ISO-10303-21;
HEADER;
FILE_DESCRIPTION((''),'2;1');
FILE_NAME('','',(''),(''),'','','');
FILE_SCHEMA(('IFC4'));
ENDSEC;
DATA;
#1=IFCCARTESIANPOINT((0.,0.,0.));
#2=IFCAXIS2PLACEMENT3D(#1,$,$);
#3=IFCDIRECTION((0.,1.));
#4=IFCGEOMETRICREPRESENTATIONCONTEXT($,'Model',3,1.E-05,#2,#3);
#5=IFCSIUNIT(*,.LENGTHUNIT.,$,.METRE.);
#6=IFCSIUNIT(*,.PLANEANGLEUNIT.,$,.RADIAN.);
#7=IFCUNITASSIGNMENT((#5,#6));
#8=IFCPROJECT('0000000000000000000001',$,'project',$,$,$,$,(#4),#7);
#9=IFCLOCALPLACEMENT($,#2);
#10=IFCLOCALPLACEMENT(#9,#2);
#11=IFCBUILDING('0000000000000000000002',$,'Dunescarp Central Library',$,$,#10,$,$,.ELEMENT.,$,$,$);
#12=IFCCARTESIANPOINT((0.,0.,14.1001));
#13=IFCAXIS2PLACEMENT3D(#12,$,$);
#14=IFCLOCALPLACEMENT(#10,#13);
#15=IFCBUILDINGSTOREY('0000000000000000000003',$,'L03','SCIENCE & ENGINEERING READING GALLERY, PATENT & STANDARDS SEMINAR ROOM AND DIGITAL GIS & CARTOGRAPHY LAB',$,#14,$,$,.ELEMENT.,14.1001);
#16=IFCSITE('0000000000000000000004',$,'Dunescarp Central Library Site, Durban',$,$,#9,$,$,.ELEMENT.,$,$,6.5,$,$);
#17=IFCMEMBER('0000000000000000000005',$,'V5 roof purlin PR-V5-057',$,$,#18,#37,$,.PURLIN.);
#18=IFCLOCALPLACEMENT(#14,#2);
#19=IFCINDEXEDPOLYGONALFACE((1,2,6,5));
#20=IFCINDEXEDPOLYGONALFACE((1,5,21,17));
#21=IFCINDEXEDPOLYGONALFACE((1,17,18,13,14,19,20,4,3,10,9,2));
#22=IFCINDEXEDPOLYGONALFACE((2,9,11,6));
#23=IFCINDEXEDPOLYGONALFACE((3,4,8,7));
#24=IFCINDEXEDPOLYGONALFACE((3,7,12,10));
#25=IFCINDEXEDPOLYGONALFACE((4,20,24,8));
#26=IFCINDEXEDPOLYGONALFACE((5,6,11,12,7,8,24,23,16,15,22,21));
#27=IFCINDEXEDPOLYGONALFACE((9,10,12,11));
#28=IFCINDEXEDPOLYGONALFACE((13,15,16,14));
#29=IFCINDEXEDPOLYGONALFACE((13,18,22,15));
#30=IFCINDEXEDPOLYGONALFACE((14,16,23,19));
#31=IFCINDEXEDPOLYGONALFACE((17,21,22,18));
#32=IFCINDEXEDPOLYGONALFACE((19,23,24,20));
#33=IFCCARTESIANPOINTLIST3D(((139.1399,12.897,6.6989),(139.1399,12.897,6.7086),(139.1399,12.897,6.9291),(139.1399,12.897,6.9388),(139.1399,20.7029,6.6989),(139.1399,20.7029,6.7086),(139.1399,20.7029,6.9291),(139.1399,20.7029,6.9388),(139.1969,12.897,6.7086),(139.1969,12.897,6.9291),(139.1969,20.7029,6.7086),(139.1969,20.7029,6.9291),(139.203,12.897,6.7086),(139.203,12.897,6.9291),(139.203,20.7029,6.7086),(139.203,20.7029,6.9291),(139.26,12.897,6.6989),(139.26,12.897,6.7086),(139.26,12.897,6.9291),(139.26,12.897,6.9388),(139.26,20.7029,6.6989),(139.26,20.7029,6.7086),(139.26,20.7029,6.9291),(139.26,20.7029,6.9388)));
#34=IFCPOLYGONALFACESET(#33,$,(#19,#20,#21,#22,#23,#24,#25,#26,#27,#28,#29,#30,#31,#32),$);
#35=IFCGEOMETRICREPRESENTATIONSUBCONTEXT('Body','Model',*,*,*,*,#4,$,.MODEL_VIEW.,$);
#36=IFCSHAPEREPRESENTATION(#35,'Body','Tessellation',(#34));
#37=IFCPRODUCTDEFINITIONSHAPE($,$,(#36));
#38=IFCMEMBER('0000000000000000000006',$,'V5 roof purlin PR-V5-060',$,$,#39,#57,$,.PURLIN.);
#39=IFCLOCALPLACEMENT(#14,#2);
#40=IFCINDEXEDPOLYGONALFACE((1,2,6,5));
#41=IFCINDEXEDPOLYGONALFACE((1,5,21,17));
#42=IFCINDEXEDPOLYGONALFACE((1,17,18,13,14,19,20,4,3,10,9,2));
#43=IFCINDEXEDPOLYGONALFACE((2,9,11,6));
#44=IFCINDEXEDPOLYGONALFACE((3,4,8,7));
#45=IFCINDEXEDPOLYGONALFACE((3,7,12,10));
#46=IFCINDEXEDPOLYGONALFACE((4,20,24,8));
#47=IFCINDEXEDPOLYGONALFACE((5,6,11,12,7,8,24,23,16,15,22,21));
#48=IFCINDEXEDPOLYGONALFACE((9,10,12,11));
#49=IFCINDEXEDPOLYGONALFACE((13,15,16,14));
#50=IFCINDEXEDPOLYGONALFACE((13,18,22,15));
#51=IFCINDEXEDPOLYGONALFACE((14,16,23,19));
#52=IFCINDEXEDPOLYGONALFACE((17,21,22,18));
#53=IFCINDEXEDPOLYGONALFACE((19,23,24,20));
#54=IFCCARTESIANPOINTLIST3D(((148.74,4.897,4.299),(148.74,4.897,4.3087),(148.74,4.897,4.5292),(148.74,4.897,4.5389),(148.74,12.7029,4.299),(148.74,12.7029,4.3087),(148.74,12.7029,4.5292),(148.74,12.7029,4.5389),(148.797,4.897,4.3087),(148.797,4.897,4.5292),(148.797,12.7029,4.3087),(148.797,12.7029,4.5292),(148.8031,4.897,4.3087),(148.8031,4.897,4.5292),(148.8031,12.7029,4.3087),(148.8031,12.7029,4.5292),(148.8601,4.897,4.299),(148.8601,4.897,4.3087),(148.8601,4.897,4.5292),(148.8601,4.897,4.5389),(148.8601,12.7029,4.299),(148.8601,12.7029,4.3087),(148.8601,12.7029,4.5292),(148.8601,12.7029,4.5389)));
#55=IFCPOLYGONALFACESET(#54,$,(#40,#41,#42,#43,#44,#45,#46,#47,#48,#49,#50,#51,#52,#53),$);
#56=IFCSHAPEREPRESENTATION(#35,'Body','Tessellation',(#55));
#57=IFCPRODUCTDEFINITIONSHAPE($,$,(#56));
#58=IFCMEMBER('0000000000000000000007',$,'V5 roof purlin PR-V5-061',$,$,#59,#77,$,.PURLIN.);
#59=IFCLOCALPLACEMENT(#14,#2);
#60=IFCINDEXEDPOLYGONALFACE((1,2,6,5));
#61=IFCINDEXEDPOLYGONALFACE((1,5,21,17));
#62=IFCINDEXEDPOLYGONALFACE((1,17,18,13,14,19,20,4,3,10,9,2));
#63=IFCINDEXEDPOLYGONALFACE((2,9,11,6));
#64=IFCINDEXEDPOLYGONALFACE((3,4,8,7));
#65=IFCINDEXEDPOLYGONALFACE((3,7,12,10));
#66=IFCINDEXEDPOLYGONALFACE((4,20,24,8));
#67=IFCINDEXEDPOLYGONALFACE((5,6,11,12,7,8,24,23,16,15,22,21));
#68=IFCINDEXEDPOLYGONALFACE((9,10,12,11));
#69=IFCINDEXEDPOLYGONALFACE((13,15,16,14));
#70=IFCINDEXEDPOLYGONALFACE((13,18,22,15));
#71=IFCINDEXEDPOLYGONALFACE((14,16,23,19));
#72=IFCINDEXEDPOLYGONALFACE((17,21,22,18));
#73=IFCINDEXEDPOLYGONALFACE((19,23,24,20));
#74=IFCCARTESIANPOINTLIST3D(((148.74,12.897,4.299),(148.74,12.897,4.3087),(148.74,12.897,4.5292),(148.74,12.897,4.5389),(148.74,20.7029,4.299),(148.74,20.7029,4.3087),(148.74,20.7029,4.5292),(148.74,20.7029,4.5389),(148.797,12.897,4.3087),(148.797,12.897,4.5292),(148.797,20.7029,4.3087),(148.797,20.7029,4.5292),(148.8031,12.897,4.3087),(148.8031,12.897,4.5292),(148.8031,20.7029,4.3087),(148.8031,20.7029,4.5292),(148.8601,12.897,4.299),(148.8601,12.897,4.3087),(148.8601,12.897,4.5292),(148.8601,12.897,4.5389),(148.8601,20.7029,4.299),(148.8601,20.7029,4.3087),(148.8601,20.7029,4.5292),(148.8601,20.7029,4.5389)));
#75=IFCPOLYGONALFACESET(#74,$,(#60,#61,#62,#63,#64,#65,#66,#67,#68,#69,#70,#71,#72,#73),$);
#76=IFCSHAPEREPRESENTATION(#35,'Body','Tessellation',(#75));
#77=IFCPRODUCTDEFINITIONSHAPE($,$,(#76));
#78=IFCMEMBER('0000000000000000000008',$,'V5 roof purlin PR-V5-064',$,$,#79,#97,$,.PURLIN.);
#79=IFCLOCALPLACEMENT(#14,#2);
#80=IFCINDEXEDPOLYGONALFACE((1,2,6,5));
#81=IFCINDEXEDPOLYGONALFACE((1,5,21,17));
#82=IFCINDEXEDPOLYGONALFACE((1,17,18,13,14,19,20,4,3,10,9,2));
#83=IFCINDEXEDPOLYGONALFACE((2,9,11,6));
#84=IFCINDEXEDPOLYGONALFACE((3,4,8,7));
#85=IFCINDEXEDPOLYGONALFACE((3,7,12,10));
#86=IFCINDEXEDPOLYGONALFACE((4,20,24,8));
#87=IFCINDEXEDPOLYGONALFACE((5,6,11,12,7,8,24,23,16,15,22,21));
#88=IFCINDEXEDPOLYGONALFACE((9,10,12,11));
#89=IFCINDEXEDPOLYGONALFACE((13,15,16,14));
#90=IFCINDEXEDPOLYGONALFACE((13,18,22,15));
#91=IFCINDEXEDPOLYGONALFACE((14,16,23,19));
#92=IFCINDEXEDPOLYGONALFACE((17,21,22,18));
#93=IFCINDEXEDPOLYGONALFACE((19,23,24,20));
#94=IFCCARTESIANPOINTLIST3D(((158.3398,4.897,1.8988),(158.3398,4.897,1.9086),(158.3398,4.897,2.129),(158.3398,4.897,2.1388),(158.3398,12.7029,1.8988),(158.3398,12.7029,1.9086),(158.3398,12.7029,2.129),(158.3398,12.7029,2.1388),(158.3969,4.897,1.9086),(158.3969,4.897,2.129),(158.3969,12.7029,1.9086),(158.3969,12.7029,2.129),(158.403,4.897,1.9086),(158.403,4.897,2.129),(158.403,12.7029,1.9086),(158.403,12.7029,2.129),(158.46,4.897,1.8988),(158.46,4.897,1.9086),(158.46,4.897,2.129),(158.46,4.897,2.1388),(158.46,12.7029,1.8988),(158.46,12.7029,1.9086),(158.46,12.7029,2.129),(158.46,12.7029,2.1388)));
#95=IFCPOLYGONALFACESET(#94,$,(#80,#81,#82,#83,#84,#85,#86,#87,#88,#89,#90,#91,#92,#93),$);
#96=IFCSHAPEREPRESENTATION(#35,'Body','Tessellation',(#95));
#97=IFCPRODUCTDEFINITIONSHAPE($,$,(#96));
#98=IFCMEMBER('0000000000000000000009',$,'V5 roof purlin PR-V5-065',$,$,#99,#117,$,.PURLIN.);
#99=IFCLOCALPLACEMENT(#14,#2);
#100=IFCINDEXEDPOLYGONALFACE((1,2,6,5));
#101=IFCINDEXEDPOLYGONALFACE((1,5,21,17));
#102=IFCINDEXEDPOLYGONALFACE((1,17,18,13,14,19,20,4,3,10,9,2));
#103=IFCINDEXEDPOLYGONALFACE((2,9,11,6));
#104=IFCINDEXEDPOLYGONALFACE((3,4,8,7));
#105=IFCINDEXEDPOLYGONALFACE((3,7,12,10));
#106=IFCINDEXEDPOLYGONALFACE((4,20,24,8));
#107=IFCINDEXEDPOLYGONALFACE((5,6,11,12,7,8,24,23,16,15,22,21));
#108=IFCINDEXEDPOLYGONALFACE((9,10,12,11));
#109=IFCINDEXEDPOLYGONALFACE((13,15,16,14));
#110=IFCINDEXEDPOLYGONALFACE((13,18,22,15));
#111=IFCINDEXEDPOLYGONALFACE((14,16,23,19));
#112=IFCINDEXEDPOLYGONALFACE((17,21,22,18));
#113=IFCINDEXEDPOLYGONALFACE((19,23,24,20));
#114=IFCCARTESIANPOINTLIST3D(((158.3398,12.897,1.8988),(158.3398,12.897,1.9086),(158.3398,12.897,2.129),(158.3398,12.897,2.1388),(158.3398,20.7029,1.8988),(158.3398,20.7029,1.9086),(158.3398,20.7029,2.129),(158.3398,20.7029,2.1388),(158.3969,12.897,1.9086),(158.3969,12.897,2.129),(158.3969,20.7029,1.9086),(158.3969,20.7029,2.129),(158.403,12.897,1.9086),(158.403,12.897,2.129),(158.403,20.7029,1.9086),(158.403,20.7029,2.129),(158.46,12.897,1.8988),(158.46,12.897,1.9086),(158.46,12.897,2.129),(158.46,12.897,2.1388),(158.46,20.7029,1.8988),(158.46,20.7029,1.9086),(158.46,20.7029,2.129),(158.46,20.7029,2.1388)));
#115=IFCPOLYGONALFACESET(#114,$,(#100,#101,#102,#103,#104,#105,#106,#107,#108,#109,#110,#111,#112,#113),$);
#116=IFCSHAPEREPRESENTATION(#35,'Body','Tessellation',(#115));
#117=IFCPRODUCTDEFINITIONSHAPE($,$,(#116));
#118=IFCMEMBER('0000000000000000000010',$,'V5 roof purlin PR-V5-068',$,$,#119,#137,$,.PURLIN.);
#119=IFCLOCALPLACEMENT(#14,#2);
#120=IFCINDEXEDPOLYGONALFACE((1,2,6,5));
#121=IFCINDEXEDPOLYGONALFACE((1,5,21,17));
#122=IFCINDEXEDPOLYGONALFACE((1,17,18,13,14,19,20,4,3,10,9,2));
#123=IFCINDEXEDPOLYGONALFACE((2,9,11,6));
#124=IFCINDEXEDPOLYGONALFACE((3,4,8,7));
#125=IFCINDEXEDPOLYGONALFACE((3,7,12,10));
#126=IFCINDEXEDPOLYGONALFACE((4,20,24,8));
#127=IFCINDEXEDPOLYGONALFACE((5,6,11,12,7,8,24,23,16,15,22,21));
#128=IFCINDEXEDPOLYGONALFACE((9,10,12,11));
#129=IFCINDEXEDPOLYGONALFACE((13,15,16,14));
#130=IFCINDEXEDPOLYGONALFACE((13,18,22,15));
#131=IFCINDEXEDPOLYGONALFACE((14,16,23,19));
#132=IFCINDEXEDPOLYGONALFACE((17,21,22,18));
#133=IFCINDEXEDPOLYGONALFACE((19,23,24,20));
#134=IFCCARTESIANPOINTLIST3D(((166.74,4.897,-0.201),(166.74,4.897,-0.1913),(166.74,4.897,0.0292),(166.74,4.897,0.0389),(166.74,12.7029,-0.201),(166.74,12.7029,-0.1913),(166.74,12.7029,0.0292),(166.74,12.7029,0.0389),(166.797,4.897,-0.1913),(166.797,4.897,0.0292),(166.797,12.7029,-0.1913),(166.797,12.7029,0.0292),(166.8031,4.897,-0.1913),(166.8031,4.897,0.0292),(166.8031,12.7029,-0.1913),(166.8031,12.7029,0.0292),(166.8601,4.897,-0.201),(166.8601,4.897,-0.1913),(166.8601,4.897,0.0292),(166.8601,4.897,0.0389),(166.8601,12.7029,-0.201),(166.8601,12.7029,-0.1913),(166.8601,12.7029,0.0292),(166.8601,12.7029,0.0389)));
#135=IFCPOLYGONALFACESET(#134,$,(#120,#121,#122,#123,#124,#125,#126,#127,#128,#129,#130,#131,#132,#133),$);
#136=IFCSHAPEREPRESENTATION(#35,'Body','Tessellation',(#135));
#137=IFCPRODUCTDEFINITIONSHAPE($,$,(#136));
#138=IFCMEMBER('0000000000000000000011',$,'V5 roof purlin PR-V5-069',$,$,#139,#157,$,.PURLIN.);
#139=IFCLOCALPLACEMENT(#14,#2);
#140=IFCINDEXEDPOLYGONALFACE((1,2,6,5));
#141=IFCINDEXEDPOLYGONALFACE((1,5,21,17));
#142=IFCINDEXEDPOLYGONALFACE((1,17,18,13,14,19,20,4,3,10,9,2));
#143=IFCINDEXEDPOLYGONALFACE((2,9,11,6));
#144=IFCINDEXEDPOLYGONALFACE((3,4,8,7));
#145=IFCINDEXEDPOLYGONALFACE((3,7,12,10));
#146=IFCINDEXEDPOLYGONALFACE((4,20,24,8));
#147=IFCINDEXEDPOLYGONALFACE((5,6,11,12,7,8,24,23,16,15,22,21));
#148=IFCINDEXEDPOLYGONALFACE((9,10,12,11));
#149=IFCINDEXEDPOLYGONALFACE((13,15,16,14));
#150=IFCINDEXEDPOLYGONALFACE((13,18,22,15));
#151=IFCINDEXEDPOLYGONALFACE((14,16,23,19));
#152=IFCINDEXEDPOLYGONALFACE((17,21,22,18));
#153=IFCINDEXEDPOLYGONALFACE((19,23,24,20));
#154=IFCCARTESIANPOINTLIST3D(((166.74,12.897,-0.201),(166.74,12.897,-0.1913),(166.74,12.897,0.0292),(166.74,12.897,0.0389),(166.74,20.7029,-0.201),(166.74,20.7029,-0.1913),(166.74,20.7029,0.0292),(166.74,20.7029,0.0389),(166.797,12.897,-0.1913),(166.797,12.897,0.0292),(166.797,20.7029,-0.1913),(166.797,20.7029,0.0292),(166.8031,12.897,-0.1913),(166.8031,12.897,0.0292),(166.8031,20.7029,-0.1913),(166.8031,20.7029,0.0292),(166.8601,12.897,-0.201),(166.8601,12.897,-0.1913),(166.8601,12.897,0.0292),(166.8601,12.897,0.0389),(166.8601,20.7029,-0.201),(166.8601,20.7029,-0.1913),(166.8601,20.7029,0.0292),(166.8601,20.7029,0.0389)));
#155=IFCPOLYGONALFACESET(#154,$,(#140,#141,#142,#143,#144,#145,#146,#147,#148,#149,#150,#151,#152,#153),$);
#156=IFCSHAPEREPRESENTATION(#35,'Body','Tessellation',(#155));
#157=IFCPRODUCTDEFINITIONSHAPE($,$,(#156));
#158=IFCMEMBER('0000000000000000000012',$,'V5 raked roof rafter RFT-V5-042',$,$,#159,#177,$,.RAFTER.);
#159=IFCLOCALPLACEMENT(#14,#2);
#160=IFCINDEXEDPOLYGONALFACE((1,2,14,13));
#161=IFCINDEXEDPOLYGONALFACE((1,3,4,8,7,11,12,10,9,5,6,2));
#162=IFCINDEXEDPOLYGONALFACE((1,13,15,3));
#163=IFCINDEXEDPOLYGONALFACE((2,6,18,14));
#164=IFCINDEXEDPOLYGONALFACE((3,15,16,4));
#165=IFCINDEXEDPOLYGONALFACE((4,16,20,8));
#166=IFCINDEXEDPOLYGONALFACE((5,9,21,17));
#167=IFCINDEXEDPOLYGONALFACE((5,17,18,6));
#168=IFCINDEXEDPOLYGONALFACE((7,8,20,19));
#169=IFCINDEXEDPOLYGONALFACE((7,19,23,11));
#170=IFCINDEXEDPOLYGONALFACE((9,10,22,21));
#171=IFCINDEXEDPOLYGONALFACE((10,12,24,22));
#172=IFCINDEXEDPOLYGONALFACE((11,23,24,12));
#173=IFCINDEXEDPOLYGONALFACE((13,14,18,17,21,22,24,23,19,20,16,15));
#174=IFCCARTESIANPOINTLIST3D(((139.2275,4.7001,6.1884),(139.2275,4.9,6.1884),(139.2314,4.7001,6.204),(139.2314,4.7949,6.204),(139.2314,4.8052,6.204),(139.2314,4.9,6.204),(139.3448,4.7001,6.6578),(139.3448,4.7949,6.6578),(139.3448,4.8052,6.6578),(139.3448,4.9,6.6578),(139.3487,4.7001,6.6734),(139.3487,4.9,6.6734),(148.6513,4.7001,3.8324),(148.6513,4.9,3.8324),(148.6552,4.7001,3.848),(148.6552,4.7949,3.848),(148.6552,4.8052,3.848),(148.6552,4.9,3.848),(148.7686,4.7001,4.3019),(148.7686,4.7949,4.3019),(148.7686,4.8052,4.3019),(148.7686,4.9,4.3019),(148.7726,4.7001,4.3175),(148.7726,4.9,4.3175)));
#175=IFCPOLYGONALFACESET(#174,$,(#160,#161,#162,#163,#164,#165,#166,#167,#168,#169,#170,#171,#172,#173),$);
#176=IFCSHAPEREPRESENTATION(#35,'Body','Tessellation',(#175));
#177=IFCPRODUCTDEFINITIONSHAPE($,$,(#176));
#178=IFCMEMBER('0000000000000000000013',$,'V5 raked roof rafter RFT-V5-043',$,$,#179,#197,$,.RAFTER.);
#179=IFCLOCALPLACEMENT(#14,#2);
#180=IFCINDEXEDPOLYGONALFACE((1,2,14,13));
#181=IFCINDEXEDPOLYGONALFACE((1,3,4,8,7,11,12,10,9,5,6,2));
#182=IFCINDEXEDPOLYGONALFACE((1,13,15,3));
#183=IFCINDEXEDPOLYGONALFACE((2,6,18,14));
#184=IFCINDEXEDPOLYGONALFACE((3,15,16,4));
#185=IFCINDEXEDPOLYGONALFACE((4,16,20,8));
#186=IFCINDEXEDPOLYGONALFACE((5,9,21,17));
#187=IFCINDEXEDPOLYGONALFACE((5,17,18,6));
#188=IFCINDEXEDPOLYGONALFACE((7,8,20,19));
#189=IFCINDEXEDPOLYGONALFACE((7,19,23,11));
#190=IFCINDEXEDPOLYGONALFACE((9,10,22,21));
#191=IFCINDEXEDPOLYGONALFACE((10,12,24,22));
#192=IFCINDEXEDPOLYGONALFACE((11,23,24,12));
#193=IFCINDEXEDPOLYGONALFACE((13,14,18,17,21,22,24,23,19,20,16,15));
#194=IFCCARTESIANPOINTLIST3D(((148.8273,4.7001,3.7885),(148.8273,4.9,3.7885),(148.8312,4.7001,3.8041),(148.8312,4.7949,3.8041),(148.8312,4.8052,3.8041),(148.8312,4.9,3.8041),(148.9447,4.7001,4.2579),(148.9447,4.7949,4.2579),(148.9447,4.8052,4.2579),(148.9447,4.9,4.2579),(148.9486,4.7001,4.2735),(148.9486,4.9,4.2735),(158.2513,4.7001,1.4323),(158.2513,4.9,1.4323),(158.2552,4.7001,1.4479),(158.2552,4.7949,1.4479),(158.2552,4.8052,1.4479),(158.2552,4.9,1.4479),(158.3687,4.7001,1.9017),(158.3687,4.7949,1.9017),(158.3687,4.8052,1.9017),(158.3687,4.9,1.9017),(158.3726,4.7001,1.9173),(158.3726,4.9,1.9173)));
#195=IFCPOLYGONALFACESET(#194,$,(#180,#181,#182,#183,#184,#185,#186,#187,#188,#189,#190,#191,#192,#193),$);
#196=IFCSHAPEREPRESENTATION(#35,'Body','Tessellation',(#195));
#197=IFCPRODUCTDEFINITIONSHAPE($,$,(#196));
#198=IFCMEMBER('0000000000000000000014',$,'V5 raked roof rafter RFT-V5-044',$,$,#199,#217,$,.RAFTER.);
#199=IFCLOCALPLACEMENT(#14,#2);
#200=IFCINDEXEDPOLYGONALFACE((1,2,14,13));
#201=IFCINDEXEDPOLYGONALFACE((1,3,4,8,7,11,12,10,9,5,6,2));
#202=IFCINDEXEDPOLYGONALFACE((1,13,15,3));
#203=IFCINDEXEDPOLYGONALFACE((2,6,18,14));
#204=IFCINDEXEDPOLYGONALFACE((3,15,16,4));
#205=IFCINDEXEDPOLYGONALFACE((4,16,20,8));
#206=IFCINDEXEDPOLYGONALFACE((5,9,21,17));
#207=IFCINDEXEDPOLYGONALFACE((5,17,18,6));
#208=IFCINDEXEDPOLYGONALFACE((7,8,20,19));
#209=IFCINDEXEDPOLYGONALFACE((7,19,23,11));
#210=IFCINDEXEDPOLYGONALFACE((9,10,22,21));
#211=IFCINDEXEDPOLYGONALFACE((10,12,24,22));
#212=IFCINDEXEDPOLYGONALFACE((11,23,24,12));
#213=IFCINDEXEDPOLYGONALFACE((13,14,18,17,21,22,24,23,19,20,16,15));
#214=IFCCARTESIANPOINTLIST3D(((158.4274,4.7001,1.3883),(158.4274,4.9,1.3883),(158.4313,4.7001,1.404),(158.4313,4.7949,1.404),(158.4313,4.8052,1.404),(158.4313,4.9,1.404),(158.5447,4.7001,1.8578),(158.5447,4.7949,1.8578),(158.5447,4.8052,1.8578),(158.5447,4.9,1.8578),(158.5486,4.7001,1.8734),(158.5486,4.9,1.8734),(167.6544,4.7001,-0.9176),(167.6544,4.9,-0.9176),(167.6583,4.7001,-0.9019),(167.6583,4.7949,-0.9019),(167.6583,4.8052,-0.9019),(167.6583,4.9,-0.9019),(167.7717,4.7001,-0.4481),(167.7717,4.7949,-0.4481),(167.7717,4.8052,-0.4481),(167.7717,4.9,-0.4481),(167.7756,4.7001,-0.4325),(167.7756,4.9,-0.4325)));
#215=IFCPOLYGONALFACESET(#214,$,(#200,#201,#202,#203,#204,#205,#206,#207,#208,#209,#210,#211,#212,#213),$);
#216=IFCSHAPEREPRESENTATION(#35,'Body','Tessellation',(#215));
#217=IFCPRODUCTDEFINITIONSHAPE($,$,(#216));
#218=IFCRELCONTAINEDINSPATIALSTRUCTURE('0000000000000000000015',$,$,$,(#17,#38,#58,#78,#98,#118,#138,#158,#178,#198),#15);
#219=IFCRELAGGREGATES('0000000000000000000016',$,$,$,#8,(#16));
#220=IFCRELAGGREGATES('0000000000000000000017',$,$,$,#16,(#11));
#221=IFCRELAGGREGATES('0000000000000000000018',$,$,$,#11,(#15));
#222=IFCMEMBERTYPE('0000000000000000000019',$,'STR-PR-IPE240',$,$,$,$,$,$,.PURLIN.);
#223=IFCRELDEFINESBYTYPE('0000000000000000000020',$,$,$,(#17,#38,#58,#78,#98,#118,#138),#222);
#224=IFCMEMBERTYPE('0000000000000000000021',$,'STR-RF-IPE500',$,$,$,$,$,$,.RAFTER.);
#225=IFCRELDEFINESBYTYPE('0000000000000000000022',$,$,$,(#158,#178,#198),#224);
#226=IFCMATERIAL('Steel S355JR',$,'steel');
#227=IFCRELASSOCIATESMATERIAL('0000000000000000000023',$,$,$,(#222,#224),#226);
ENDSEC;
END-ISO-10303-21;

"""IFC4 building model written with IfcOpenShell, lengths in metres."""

from ifc_helpers import new_model, si_unit, direction, frame, origin, origin_2d, place, context, subcontext, project, spatial, i_section, extrude, material, material_profile, profile_set, type_object, element, save


model = new_model("IFC4")

# Units and contexts
model_context = context("Model", 3, precision=1e-05, world=origin(), true_north=direction((0.0, 1.0)))
body_context = subcontext(model_context, "Body", "Model", "MODEL_VIEW")
ifc_project = project(units=[si_unit("LENGTHUNIT", "METRE"), si_unit("PLANEANGLEUNIT", "RADIAN")], contexts=[model_context])

# Site, building, storey
site_placement = place(None, origin())
site = spatial("IfcSite", under=ifc_project, at=site_placement, Name="Dunescarp Central Library Site, Durban", CompositionType="ELEMENT", RefElevation=6.5)
building_placement = place(site_placement, origin())
building = spatial("IfcBuilding", under=site, at=building_placement, Name="Dunescarp Central Library", CompositionType="ELEMENT")
storey_placement = place(building_placement, frame((0.0, 0.0, 14.1001)))
storey = spatial("IfcBuildingStorey", under=building, at=storey_placement, Name="L03", Description="SCIENCE & ENGINEERING READING GALLERY, PATENT & STANDARDS SEMINAR ROOM AND DIGITAL GIS & CARTOGRAPHY LAB", CompositionType="ELEMENT", Elevation=14.1001)

# Shared definitions
ifc_material = material(Name="Steel S355JR", Category="steel")

# Members
ifc_material_profile_1 = material_profile(ifc_material, i_section(OverallWidth=0.1201, OverallDepth=0.24, WebThickness=0.0061, FlangeThickness=0.0098, at=origin_2d()), Name="IPE 240")
ifc_profile_set_1 = profile_set([ifc_material_profile_1], Name="Steel S355JR")
member_type_1 = type_object("IfcMemberType", Name="STR-PR-IPE240", PredefinedType="PURLIN", material=ifc_profile_set_1)
for number, where, z_axis, x_axis, name in (
    (1, (139.2, 12.897, 6.8188), (0.0, 1.0, 0.0), (-1.0, 0.0, 0.0), "V5 roof purlin PR-V5-057"),
    (2, (148.8, 4.897, 4.4189), (0.0, 1.0, 0.0), (-1.0, 0.0, 0.0), "V5 roof purlin PR-V5-060"),
    (3, (148.8, 12.897, 4.4189), (0.0, 1.0, 0.0), (-1.0, 0.0, 0.0), "V5 roof purlin PR-V5-061"),
    (4, (158.3999, 4.897, 2.0188), (0.0, 1.0, 0.0), (-1.0, 0.0, 0.0), "V5 roof purlin PR-V5-064"),
    (5, (158.3999, 12.897, 2.0188), (0.0, 1.0, 0.0), (-1.0, 0.0, 0.0), "V5 roof purlin PR-V5-065"),
    (6, (166.8, 4.897, -0.0811), (0.0, 1.0, 0.0), (-1.0, 0.0, 0.0), "V5 roof purlin PR-V5-068"),
    (7, (166.8, 12.897, -0.0811), (0.0, 1.0, 0.0), (-1.0, 0.0, 0.0), "V5 roof purlin PR-V5-069"),
):
    element("IfcMember", number, at=place(storey_placement, frame(where, z_axis=z_axis, x_axis=x_axis)), inside=storey, type_object=member_type_1, Name=name, PredefinedType="PURLIN", context=body_context, shape_type="SweptSolid", body=[
        extrude(i_section(OverallWidth=0.1201, OverallDepth=0.24, WebThickness=0.0061, FlangeThickness=0.0098, at=origin_2d()), origin(), (0.0, 0.0, 1.0), 7.8059),
    ])
ifc_material_profile_2 = material_profile(ifc_material, i_section(OverallWidth=0.2, OverallDepth=0.5, WebThickness=0.0103, FlangeThickness=0.0161, at=origin_2d()), Name="IPE 500")
ifc_profile_set_2 = profile_set([ifc_material_profile_2], Name="Steel S355JR")
member_type_2 = type_object("IfcMemberType", Name="STR-RF-IPE500", PredefinedType="RAFTER", material=ifc_profile_set_2)
member_1_placement = place(storey_placement, frame((139.2881, 4.8, 6.4309), z_axis=(0.970143, 0.0, -0.242536), x_axis=(0.0, 1.0, 0.0)))
element("IfcMember", 8, at=member_1_placement, inside=storey, type_object=member_type_2, Name="V5 raked roof rafter RFT-V5-042", PredefinedType="RAFTER", context=body_context, shape_type="SweptSolid", body=[
    extrude(i_section(OverallWidth=0.2, OverallDepth=0.5, WebThickness=0.0103, FlangeThickness=0.0161, at=origin_2d()), origin(), (0.0, 0.0, 1.0), 9.7139),
])
member_2_placement = place(storey_placement, frame((148.8879, 4.8, 4.031), z_axis=(0.970138, 0.0, -0.242553), x_axis=(0.0, 1.0, 0.0)))
element("IfcMember", 9, at=member_2_placement, inside=storey, type_object=member_type_2, Name="V5 raked roof rafter RFT-V5-043", PredefinedType="RAFTER", context=body_context, shape_type="SweptSolid", body=[
    extrude(i_section(OverallWidth=0.2, OverallDepth=0.5, WebThickness=0.0103, FlangeThickness=0.0161, at=origin_2d()), origin(), (0.0, 0.0, 1.0), 9.7141),
])
member_3_placement = place(storey_placement, frame((158.488, 4.8, 1.6309), z_axis=(0.970164, 0.0, -0.242451), x_axis=(0.0, 1.0, 0.0)))
element("IfcMember", 10, at=member_3_placement, inside=storey, type_object=member_type_2, Name="V5 raked roof rafter RFT-V5-044", PredefinedType="RAFTER", context=body_context, shape_type="SweptSolid", body=[
    extrude(i_section(OverallWidth=0.2, OverallDepth=0.5, WebThickness=0.0103, FlangeThickness=0.0161, at=origin_2d()), origin(), (0.0, 0.0, 1.0), 9.5107),
])

save(model, "model.ifc")
